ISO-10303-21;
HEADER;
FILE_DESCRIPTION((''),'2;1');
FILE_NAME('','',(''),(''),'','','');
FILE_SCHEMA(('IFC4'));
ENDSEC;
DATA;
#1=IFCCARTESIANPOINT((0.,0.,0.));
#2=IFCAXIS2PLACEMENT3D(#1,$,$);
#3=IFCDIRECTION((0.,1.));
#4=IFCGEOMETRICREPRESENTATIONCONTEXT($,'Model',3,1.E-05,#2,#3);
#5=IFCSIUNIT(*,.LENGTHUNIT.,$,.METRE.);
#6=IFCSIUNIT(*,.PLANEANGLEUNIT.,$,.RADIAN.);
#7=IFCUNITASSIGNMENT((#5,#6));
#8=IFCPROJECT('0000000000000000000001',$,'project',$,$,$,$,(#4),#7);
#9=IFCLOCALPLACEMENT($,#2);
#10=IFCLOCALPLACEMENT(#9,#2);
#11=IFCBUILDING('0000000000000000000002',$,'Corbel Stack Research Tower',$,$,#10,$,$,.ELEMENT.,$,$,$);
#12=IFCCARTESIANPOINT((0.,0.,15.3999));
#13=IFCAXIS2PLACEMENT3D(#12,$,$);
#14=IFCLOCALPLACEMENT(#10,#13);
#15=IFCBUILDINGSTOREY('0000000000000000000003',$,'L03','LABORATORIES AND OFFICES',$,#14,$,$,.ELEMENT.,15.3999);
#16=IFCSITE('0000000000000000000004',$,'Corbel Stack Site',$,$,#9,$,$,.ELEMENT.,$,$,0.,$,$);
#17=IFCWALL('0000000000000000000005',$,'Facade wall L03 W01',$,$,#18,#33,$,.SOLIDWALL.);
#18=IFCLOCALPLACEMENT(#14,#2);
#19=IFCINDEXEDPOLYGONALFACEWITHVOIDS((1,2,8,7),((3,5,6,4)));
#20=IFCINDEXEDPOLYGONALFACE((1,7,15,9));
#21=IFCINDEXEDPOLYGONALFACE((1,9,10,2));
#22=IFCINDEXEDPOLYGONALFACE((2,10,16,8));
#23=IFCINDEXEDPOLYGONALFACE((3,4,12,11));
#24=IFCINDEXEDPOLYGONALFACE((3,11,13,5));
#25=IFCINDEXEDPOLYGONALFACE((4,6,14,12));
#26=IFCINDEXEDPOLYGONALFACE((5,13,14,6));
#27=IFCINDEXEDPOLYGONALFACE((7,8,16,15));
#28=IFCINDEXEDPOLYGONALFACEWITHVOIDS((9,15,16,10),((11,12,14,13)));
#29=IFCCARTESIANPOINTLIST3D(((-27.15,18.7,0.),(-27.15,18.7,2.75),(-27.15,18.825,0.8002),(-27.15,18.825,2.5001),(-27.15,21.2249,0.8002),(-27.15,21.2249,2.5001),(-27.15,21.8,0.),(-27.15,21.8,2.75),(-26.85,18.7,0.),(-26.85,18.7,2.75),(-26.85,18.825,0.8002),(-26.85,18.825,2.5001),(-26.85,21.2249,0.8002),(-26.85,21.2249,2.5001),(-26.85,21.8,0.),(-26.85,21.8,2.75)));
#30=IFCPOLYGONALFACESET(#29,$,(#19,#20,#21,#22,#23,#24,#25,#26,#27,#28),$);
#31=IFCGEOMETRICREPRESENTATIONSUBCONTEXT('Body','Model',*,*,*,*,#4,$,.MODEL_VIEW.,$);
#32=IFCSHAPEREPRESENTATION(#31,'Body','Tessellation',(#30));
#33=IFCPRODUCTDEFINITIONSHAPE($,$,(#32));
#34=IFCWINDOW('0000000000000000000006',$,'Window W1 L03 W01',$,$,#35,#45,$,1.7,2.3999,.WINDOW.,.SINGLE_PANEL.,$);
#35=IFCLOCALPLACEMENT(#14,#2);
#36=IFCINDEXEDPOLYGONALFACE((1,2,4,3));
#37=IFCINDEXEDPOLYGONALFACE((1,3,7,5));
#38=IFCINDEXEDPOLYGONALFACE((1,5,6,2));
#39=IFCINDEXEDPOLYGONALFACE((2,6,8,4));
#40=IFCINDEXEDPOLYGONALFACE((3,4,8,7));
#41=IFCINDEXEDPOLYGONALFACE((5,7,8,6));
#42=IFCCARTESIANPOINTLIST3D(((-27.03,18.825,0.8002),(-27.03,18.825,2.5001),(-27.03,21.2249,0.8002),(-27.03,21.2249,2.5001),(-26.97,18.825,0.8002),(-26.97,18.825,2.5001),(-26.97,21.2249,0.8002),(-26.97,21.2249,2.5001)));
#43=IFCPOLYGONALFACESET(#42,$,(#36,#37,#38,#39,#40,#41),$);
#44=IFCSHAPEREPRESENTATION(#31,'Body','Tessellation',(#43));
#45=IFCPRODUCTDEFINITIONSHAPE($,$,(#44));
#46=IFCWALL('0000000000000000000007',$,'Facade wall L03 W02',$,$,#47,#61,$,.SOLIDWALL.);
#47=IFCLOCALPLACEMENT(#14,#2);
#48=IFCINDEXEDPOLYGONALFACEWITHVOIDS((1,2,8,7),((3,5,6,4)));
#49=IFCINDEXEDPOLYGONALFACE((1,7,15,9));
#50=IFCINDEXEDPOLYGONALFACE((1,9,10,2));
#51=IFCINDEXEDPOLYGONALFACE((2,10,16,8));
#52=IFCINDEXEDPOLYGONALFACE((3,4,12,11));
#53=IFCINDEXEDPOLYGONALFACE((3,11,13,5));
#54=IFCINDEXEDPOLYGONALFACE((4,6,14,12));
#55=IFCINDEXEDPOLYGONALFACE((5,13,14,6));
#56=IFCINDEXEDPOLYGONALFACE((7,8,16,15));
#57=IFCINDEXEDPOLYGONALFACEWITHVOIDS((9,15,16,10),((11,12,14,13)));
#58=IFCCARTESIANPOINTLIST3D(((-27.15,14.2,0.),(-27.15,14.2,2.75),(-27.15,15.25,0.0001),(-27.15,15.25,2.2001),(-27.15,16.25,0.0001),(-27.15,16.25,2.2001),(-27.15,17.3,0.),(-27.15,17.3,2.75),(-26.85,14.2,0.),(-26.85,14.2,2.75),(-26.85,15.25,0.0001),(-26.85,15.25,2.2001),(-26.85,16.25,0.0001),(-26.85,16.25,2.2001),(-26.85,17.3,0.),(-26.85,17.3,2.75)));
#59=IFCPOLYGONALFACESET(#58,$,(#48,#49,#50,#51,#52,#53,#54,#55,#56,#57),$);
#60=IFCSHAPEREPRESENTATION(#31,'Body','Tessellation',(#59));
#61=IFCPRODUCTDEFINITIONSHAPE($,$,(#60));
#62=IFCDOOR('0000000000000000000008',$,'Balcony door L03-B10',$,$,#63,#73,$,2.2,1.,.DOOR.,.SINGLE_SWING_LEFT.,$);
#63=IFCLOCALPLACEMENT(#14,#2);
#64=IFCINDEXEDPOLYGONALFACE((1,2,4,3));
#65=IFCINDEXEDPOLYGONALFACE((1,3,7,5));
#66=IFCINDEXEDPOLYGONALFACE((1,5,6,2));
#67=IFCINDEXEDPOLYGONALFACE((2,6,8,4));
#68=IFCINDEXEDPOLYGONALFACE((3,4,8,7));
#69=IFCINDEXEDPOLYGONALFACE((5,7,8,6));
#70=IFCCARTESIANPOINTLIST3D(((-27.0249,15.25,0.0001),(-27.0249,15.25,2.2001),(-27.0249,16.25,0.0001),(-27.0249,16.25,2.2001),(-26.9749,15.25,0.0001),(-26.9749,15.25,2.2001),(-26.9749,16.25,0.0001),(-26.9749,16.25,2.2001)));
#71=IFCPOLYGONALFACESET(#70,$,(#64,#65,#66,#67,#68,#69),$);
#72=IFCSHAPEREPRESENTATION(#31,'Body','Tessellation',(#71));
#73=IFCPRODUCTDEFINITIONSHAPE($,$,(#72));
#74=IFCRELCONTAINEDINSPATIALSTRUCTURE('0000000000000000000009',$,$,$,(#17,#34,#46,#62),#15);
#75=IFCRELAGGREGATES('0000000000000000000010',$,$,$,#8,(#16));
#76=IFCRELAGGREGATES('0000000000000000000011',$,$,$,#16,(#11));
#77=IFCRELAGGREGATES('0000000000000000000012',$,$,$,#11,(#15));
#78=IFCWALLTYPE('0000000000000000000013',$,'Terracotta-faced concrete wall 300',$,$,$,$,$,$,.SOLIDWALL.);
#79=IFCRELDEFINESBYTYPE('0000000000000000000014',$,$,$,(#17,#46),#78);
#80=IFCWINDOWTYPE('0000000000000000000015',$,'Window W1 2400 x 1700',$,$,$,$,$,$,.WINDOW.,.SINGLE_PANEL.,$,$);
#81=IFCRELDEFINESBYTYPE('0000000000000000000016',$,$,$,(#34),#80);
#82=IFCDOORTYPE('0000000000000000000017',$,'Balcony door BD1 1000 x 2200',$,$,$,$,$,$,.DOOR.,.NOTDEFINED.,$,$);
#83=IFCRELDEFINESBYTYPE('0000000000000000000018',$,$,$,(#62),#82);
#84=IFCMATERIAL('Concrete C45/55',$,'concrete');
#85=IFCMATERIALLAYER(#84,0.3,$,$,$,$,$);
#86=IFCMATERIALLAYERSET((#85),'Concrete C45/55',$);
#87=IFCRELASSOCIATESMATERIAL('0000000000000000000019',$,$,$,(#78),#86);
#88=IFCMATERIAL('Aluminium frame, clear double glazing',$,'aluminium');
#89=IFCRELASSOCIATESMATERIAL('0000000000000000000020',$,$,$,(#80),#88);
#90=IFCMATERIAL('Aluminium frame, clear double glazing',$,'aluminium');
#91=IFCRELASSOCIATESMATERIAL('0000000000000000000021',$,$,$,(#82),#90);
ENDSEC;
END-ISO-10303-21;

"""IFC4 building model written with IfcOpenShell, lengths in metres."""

from ifc_helpers import new_model, si_unit, direction, frame, frame_2d, origin, place, context, subcontext, project, spatial, rectangle, extrude, material, layer, layer_set, type_object, element, fill, save


model = new_model("IFC4")

# Units and contexts
model_context = context("Model", 3, precision=1e-05, world=origin(), true_north=direction((0.0, 1.0)))
body_context = subcontext(model_context, "Body", "Model", "MODEL_VIEW")
ifc_project = project(units=[si_unit("LENGTHUNIT", "METRE"), si_unit("PLANEANGLEUNIT", "RADIAN")], contexts=[model_context])

# Site, building, storey
site_placement = place(None, origin())
site = spatial("IfcSite", under=ifc_project, at=site_placement, Name="Corbel Stack Site", CompositionType="ELEMENT", RefElevation=0.0)
building_placement = place(site_placement, origin())
building = spatial("IfcBuilding", under=site, at=building_placement, Name="Corbel Stack Research Tower", CompositionType="ELEMENT")
storey_placement = place(building_placement, frame((0.0, 0.0, 15.3999)))
storey = spatial("IfcBuildingStorey", under=building, at=storey_placement, Name="L03", Description="LABORATORIES AND OFFICES", CompositionType="ELEMENT", Elevation=15.3999)

# Wall, opening, window
ifc_material_1 = material(Name="Concrete C45/55", Category="concrete")
ifc_layer_1 = layer(ifc_material_1, 0.3)
ifc_layer_set_1 = layer_set([ifc_layer_1], Name="Concrete C45/55")
wall_type_1 = type_object("IfcWallType", Name="Terracotta-faced concrete wall 300", PredefinedType="SOLIDWALL", material=ifc_layer_set_1)
wall_1_placement = place(storey_placement, frame((-27.0, 18.7, 0.0), z_axis=(0.0, 0.0, 1.0), x_axis=(0.0, 1.0, 0.0)))
wall_1 = element("IfcWall", 1, at=wall_1_placement, inside=storey, type_object=wall_type_1, Name="Facade wall L03 W01", PredefinedType="SOLIDWALL", context=body_context, shape_type="SweptSolid", body=[
    extrude(rectangle(XDim=3.1001, YDim=0.3, at=frame_2d((1.55, 0.0))), origin(), (0.0, 0.0, 1.0), 2.75),
])
opening_1_placement = place(wall_1_placement, frame((0.125, 0.0, 0.8)))
opening_1 = element("IfcOpeningElement", 2, at=opening_1_placement, cuts=wall_1, PredefinedType="OPENING", context=body_context, shape_type="SweptSolid", body=[
    extrude(rectangle(XDim=2.3999, YDim=1.7, at=frame_2d((1.2, 0.8501))), frame((0.0, 0.1599, 0.0), z_axis=(0.0, -1.0, 0.0), x_axis=(1.0, 0.0, 0.0)), (0.0, 0.0, 1.0), 0.3201),
])
ifc_material_2 = material(Name="Aluminium frame, clear double glazing", Category="aluminium")
window_type = type_object("IfcWindowType", Name="Window W1 2400 x 1700", PartitioningType="SINGLE_PANEL", PredefinedType="WINDOW", material=ifc_material_2)
window_placement = place(opening_1_placement, origin())
window = element("IfcWindow", 3, at=window_placement, inside=storey, type_object=window_type, Name="Window W1 L03 W01", OverallHeight=1.7, OverallWidth=2.3999, PartitioningType="SINGLE_PANEL", PredefinedType="WINDOW", context=body_context, shape_type="SweptSolid", body=[
    extrude(rectangle(XDim=2.3999, YDim=1.7, at=frame_2d((1.2, 0.8501))), frame((0.0, 0.03, 0.0), z_axis=(0.0, -1.0, 0.0), x_axis=(1.0, 0.0, 0.0)), (0.0, 0.0, 1.0), 0.0601),
])
fill(opening_1, window)

# Wall, opening, door
wall_2_placement = place(storey_placement, frame((-27.0, 14.2, 0.0), z_axis=(0.0, 0.0, 1.0), x_axis=(0.0, 1.0, 0.0)))
wall_2 = element("IfcWall", 4, at=wall_2_placement, inside=storey, type_object=wall_type_1, Name="Facade wall L03 W02", PredefinedType="SOLIDWALL", context=body_context, shape_type="SweptSolid", body=[
    extrude(rectangle(XDim=3.1001, YDim=0.3, at=frame_2d((1.55, 0.0))), origin(), (0.0, 0.0, 1.0), 2.75),
])
opening_2_placement = place(wall_2_placement, frame((1.05, 0.0, 0.0)))
opening_2 = element("IfcOpeningElement", 5, at=opening_2_placement, cuts=wall_2, PredefinedType="OPENING", context=body_context, shape_type="SweptSolid", body=[
    extrude(rectangle(XDim=1.0, YDim=2.2, at=frame_2d((0.5, 1.1001))), frame((0.0, 0.1599, 0.0), z_axis=(0.0, -1.0, 0.0), x_axis=(1.0, 0.0, 0.0)), (0.0, 0.0, 1.0), 0.3201),
])
ifc_material_3 = material(Name="Aluminium frame, clear double glazing", Category="aluminium")
door_type_1 = type_object("IfcDoorType", Name="Balcony door BD1 1000 x 2200", OperationType="NOTDEFINED", PredefinedType="DOOR", material=ifc_material_3)
door_1_placement = place(opening_2_placement, origin())
door_1 = element("IfcDoor", 6, at=door_1_placement, inside=storey, type_object=door_type_1, Name="Balcony door L03-B10", OperationType="SINGLE_SWING_LEFT", OverallHeight=2.2, OverallWidth=1.0, PredefinedType="DOOR", context=body_context, shape_type="SweptSolid", body=[
    extrude(rectangle(XDim=1.0, YDim=2.2, at=frame_2d((0.5, 1.1001))), frame((0.0, 0.0249, 0.0), z_axis=(0.0, -1.0, 0.0), x_axis=(1.0, 0.0, 0.0)), (0.0, 0.0, 1.0), 0.05),
])
fill(opening_2, door_1)

save(model, "model.ifc")
